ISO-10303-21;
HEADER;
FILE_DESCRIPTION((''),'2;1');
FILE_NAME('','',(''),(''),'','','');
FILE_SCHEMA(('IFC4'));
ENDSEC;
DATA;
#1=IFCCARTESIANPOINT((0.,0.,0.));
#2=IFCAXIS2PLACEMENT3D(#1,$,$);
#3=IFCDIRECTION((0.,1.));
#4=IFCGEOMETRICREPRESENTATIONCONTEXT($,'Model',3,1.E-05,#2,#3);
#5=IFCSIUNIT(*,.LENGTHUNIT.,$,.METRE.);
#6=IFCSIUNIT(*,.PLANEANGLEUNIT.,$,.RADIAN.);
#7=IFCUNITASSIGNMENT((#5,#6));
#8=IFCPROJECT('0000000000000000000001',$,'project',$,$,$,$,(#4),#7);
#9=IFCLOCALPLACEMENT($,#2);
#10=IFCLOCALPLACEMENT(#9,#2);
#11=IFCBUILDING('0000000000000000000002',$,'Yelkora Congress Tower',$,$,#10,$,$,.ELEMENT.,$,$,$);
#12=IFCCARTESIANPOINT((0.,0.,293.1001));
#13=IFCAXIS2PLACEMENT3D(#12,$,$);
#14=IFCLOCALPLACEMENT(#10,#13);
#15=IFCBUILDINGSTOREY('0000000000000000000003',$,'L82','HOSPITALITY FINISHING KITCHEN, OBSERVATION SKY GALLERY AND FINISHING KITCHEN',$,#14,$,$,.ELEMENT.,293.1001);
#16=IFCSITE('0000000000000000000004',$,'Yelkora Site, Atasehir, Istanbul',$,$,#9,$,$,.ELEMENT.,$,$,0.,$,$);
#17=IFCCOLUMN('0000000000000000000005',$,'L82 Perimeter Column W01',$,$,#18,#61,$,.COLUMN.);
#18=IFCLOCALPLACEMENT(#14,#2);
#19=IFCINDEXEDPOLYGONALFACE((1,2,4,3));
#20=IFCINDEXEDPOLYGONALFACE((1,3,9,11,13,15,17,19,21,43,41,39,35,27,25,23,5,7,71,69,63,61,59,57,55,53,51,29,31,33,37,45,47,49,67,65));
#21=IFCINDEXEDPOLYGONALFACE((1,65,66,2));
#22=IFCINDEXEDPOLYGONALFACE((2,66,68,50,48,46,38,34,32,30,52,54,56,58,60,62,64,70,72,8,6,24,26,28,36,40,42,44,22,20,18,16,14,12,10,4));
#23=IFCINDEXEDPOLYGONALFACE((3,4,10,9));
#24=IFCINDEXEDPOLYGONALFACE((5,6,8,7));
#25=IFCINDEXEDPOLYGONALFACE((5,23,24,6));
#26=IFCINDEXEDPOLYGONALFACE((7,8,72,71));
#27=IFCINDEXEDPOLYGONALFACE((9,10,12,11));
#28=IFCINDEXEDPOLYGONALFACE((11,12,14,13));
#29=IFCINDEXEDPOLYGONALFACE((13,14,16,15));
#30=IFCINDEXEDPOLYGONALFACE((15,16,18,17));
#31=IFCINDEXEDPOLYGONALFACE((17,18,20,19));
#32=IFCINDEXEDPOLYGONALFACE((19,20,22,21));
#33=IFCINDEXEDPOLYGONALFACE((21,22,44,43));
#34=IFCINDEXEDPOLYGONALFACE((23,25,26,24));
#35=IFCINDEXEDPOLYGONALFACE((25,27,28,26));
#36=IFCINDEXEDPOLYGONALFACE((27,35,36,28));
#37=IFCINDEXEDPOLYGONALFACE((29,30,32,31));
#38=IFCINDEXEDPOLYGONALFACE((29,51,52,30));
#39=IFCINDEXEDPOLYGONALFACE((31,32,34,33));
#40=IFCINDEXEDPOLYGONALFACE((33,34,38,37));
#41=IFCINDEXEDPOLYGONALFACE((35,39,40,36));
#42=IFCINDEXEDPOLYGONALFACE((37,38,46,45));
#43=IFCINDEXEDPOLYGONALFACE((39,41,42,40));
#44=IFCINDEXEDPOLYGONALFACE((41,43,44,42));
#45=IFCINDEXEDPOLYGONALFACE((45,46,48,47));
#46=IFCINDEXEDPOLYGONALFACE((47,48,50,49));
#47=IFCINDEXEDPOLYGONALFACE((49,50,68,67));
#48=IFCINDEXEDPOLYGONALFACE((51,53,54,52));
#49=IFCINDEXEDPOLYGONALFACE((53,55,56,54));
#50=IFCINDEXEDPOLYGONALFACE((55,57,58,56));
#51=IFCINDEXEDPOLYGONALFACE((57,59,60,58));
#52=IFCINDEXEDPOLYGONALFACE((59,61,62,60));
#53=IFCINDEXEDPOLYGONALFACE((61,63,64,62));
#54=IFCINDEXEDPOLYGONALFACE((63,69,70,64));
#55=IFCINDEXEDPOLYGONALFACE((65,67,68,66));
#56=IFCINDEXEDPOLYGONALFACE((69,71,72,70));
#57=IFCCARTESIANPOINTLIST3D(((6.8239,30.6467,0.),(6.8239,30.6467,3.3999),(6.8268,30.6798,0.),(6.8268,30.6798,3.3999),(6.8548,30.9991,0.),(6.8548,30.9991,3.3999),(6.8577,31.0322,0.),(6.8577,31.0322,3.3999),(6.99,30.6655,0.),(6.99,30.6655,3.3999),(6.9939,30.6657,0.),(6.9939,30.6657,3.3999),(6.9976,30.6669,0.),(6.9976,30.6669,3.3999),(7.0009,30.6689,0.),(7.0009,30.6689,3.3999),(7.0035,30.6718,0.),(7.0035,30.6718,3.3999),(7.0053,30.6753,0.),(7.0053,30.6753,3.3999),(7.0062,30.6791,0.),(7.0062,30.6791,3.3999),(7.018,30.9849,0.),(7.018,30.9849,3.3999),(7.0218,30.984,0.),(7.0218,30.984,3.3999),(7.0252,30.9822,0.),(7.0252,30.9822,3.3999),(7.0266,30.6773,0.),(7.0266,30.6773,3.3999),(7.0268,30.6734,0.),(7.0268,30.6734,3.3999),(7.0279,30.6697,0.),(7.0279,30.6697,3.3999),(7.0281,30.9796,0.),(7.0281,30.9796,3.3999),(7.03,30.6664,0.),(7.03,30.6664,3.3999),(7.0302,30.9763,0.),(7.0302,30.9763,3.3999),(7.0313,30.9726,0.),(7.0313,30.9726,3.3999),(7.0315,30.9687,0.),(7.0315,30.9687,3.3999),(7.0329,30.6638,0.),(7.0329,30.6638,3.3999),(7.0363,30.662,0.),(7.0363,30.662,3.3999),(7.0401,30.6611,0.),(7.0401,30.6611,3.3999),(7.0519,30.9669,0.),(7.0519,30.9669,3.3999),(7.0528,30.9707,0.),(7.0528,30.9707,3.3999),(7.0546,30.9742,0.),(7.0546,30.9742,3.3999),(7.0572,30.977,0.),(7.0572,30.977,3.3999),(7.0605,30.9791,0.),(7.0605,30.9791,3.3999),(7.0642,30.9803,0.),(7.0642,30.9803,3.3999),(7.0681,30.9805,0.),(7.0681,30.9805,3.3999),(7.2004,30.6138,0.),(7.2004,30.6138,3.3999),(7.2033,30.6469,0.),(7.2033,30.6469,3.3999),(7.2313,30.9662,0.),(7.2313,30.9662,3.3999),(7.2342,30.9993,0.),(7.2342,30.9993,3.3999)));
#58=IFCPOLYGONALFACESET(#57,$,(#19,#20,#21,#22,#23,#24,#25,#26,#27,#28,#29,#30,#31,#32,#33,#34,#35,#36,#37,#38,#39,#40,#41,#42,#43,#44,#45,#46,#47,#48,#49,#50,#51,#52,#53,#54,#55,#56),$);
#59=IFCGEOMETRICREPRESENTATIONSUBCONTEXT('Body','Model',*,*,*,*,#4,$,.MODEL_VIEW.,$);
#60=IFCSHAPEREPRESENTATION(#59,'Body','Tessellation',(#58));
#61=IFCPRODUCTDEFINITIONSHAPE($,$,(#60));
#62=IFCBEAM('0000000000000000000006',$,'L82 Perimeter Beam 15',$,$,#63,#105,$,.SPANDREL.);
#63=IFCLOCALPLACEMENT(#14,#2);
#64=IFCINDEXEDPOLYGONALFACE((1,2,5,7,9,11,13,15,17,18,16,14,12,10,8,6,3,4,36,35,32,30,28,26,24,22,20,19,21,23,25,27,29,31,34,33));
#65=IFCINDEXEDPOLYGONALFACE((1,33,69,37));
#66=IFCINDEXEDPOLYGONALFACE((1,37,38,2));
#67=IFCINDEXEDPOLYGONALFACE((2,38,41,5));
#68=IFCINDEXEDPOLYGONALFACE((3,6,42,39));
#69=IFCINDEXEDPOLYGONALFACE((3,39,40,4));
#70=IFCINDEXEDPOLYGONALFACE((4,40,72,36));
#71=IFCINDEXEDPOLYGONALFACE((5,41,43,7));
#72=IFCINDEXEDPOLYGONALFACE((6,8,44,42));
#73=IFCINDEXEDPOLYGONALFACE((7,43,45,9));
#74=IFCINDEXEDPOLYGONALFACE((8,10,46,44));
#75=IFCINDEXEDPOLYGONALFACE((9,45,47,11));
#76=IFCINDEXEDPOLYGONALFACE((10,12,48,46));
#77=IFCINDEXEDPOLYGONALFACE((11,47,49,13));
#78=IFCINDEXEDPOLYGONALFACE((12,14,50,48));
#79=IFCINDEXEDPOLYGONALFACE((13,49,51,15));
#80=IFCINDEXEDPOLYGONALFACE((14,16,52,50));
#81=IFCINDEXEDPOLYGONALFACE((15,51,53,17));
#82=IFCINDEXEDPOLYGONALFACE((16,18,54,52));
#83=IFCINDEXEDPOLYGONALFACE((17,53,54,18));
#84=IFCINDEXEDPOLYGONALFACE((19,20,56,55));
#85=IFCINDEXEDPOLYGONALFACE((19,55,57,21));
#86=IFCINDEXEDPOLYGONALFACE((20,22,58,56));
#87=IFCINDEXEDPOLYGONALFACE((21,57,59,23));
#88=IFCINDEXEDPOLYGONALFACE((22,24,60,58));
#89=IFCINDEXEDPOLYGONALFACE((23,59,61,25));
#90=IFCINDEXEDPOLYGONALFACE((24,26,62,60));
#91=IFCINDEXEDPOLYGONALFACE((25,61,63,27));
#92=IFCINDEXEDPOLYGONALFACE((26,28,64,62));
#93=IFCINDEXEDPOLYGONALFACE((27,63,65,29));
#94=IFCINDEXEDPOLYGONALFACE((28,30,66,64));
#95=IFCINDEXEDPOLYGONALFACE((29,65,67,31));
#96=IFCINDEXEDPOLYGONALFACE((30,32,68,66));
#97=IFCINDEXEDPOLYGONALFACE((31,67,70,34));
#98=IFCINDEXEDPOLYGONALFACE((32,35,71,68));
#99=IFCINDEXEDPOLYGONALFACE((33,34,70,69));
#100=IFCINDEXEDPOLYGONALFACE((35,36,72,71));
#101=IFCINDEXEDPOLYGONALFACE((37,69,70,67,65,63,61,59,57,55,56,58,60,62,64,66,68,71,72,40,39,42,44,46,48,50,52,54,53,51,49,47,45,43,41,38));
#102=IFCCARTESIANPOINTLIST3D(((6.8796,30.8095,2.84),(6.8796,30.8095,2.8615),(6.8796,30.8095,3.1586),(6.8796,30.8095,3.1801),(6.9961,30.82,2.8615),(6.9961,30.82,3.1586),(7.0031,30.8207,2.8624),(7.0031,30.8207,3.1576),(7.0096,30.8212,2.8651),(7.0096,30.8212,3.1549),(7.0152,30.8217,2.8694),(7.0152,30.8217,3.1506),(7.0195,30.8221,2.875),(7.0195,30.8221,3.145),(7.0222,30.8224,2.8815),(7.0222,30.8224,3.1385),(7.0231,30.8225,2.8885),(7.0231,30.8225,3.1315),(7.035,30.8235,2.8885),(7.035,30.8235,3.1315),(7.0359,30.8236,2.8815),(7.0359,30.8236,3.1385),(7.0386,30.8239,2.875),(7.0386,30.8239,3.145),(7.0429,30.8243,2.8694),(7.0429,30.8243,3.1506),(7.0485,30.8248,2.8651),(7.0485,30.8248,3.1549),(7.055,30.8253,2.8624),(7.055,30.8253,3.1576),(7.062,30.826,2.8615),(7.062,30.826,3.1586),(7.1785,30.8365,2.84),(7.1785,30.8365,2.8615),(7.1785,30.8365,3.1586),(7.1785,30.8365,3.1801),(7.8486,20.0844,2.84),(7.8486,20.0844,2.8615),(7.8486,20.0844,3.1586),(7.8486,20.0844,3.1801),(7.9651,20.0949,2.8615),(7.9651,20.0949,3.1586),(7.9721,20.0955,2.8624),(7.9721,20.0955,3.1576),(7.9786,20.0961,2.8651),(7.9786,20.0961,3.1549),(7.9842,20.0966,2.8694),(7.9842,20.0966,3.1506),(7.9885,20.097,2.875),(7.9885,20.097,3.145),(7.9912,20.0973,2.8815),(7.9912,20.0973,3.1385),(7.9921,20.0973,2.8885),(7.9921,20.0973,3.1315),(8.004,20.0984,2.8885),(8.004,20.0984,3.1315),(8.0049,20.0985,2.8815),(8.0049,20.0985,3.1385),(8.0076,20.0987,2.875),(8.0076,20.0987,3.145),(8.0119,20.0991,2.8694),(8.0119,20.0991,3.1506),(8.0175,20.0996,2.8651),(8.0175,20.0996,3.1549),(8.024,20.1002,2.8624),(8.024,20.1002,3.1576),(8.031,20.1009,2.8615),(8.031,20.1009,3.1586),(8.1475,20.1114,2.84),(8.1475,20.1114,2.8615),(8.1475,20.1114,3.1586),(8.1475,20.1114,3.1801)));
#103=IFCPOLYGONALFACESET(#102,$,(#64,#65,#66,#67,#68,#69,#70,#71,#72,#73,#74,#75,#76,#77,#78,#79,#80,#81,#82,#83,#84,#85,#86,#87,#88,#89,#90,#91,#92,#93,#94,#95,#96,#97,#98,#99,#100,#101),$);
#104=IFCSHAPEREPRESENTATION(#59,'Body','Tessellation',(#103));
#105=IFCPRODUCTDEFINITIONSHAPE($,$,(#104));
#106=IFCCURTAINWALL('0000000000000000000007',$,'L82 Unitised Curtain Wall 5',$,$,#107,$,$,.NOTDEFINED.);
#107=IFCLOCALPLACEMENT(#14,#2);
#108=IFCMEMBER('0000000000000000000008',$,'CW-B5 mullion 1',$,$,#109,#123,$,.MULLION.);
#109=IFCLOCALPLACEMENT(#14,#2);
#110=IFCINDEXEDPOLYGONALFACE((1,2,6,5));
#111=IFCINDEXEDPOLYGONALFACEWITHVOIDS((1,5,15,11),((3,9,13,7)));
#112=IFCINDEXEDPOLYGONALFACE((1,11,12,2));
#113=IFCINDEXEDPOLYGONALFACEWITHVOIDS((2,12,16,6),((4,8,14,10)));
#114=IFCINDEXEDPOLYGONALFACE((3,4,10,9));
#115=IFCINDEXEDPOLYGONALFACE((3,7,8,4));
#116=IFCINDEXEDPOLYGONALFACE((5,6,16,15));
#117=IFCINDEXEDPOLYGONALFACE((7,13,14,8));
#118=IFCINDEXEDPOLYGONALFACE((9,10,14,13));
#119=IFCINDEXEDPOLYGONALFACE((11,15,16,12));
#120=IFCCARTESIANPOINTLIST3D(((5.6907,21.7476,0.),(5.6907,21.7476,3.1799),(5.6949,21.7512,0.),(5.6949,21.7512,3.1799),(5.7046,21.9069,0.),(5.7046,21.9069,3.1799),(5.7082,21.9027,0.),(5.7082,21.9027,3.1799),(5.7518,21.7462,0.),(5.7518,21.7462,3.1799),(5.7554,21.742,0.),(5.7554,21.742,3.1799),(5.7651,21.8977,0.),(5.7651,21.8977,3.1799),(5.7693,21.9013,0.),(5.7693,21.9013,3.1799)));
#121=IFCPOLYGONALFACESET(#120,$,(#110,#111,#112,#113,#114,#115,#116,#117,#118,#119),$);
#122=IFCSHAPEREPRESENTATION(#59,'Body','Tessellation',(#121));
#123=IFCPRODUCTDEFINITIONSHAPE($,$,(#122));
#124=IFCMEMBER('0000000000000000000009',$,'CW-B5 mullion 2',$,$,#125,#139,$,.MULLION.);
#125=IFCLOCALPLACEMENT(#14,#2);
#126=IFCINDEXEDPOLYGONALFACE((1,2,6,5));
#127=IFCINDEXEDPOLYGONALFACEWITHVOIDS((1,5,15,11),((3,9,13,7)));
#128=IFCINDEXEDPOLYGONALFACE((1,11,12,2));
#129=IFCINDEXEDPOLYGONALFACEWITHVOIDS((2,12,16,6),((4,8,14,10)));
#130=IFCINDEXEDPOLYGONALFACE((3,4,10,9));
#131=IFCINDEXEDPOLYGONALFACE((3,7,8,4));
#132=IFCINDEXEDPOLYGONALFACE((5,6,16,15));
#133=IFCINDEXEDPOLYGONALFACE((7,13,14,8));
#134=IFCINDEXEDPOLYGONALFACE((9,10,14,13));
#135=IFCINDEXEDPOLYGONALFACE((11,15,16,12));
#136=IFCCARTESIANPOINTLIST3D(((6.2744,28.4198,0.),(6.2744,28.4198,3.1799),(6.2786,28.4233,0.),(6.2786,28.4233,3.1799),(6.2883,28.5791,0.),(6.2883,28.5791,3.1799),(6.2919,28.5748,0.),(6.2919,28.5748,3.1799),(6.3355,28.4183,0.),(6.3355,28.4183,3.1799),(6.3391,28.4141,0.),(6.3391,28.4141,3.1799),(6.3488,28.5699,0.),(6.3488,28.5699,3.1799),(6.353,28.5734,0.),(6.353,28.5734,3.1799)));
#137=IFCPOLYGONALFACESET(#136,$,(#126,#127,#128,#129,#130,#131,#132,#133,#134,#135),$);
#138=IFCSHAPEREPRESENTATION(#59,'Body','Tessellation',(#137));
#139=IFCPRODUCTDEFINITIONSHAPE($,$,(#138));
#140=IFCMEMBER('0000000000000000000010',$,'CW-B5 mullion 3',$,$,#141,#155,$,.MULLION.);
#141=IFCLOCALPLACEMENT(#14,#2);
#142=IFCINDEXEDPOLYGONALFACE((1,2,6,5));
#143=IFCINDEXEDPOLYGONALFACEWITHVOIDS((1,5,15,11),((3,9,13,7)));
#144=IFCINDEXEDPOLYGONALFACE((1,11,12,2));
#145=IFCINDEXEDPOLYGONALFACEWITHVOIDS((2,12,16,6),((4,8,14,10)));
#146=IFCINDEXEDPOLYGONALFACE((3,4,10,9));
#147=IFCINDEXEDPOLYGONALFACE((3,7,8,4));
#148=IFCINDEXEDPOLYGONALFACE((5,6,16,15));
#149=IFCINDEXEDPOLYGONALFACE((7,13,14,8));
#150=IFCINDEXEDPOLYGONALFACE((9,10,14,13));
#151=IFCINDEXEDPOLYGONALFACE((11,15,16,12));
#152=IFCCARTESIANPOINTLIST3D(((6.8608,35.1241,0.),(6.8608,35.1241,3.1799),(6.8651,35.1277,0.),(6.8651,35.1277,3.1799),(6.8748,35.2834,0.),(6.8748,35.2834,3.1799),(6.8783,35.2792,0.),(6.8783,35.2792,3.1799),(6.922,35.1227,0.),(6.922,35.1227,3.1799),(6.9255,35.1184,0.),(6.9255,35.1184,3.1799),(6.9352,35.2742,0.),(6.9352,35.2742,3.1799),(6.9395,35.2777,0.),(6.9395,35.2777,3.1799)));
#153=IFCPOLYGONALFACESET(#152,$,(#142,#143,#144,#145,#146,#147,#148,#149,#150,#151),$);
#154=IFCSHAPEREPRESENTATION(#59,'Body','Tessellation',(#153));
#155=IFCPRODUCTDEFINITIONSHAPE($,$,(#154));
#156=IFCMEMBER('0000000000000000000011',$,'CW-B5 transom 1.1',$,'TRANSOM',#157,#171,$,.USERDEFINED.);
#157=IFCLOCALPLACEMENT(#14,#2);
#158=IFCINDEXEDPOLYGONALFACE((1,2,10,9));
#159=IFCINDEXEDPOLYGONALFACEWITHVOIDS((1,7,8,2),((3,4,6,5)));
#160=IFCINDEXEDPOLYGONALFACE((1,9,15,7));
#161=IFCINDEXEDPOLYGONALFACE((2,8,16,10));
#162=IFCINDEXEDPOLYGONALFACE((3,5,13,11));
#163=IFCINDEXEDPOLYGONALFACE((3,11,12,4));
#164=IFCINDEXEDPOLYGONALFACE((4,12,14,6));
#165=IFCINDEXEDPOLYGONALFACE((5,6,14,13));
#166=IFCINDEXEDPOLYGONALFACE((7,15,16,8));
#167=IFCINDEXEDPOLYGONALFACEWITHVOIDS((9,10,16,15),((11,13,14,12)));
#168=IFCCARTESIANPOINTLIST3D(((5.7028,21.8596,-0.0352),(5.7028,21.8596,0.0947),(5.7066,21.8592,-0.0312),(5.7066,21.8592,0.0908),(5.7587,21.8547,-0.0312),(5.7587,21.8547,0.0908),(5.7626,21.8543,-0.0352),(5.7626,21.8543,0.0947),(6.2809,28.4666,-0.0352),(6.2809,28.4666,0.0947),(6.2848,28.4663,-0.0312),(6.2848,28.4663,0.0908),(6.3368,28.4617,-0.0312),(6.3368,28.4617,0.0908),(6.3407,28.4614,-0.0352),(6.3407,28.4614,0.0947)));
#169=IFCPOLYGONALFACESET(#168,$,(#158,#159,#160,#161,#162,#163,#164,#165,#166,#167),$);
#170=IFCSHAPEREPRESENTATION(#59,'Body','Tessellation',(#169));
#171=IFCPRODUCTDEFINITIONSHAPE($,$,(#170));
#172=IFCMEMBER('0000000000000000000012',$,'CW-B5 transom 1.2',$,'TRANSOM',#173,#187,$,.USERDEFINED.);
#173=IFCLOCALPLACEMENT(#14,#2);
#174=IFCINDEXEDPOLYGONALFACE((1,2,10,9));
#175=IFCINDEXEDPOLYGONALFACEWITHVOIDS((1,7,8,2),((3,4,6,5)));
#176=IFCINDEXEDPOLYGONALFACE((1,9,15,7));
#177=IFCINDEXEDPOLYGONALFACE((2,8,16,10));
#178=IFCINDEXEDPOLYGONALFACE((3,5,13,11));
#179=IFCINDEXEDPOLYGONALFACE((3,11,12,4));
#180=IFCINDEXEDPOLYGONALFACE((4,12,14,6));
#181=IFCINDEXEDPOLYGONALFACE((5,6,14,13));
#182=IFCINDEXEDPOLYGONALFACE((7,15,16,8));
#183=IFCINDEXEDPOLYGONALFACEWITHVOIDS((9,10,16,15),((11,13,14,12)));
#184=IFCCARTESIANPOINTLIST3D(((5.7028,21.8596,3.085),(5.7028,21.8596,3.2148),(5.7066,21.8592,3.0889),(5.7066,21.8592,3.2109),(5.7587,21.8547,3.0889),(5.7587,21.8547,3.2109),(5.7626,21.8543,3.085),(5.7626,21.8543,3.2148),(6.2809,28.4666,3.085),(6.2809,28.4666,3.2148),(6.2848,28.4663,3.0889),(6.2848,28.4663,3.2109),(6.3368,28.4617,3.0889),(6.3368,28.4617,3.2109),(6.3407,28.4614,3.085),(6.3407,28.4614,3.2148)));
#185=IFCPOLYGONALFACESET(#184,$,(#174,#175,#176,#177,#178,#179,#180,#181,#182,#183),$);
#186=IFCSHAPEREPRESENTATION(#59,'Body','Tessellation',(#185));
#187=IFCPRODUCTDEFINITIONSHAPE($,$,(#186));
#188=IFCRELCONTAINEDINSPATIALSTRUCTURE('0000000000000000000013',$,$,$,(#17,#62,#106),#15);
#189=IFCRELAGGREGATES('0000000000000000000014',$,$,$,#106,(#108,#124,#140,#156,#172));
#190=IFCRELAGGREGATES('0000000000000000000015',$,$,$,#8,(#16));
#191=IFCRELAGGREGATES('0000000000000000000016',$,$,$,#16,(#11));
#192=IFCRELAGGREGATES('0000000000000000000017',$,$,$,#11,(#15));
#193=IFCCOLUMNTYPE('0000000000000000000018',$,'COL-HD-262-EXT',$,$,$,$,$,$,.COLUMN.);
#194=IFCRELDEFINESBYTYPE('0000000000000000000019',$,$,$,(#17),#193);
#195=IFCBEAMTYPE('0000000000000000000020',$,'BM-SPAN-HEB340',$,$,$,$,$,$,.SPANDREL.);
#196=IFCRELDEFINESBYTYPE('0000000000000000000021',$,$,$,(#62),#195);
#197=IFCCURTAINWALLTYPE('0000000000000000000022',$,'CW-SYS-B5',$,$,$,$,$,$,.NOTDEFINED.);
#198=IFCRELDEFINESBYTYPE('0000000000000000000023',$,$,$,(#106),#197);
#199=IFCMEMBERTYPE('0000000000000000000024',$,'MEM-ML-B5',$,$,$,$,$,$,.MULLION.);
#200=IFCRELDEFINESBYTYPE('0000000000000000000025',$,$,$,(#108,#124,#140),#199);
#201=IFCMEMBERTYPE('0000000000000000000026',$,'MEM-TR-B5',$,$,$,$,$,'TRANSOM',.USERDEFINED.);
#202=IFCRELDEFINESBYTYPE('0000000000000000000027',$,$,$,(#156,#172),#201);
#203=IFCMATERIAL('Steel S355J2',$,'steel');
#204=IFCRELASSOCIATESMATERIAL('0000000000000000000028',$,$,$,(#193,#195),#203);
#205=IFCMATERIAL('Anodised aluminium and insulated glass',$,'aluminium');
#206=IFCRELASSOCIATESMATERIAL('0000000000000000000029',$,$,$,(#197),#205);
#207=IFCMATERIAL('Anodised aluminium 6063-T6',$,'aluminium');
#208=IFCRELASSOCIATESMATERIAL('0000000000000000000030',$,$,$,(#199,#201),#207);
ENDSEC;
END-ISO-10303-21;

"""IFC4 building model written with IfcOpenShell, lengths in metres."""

from ifc_helpers import new_model, si_unit, direction, frame, origin, origin_2d, place, context, subcontext, project, spatial, hollow_rectangle, i_section, extrude, material, material_profile, profile_set, type_object, element, aggregate, save


model = new_model("IFC4")

# Units and contexts
model_context = context("Model", 3, precision=1e-05, world=origin(), true_north=direction((0.0, 1.0)))
body_context = subcontext(model_context, "Body", "Model", "MODEL_VIEW")
ifc_project = project(units=[si_unit("LENGTHUNIT", "METRE"), si_unit("PLANEANGLEUNIT", "RADIAN")], contexts=[model_context])

# Site, building, storey
site_placement = place(None, origin())
site = spatial("IfcSite", under=ifc_project, at=site_placement, Name="Yelkora Site, Atasehir, Istanbul", CompositionType="ELEMENT", RefElevation=0.0)
building_placement = place(site_placement, origin())
building = spatial("IfcBuilding", under=site, at=building_placement, Name="Yelkora Congress Tower", CompositionType="ELEMENT")
storey_placement = place(building_placement, frame((0.0, 0.0, 293.1001)))
storey = spatial("IfcBuildingStorey", under=building, at=storey_placement, Name="L82", Description="HOSPITALITY FINISHING KITCHEN, OBSERVATION SKY GALLERY AND FINISHING KITCHEN", CompositionType="ELEMENT", Elevation=293.1001)

# Column
ifc_material_1 = material(Name="Steel S355J2", Category="steel")
ifc_material_profile_1 = material_profile(ifc_material_1, i_section(OverallWidth=0.3779, OverallDepth=0.387, WebThickness=0.0205, FlangeThickness=0.0332, FilletRadius=0.0149, at=origin_2d()), Name="HD 360x262")
ifc_profile_set_1 = profile_set([ifc_material_profile_1], Name="Steel S355J2")
column_type = type_object("IfcColumnType", Name="COL-HD-262-EXT", PredefinedType="COLUMN", material=ifc_profile_set_1)
column_placement = place(storey_placement, frame((7.0291, 30.823, 0.0), z_axis=(0.0, 0.0, 1.0), x_axis=(0.996195, -0.087156, 0.0)))
element("IfcColumn", 1, at=column_placement, inside=storey, type_object=column_type, Name="L82 Perimeter Column W01", PredefinedType="COLUMN", context=body_context, shape_type="SweptSolid", body=[
    extrude(i_section(OverallWidth=0.3779, OverallDepth=0.387, WebThickness=0.0205, FlangeThickness=0.0332, FilletRadius=0.0149, at=origin_2d()), origin(), (0.0, 0.0, 1.0), 3.3999),
])

# Beam
ifc_material_profile_2 = material_profile(ifc_material_1, i_section(OverallWidth=0.3, OverallDepth=0.3401, WebThickness=0.012, FlangeThickness=0.0215, FilletRadius=0.0271, at=origin_2d()), Name="HEB 340")
ifc_profile_set_2 = profile_set([ifc_material_profile_2], Name="Steel S355J2")
beam_type = type_object("IfcBeamType", Name="BM-SPAN-HEB340", PredefinedType="SPANDREL", material=ifc_profile_set_2)
beam_placement = place(storey_placement, frame((7.0291, 30.823, 3.01), z_axis=(0.089982, -0.995943, 0.0), x_axis=(0.995943, 0.089982, 0.0)))
element("IfcBeam", 2, at=beam_placement, inside=storey, type_object=beam_type, Name="L82 Perimeter Beam 15", PredefinedType="SPANDREL", context=body_context, shape_type="SweptSolid", body=[
    extrude(i_section(OverallWidth=0.3, OverallDepth=0.3401, WebThickness=0.012, FlangeThickness=0.0215, FilletRadius=0.0271, at=origin_2d()), origin(), (0.0, 0.0, 1.0), 10.7688),
])

# Curtain wall, members
ifc_material_2 = material(Name="Anodised aluminium and insulated glass", Category="aluminium")
curtain_wall_type = type_object("IfcCurtainWallType", Name="CW-SYS-B5", PredefinedType="NOTDEFINED", material=ifc_material_2)
curtain_wall_placement = place(storey_placement, origin())
curtain_wall = element("IfcCurtainWall", 3, at=curtain_wall_placement, inside=storey, type_object=curtain_wall_type, Name="L82 Unitised Curtain Wall 5", PredefinedType="NOTDEFINED")
ifc_material_3 = material(Name="Anodised aluminium 6063-T6", Category="aluminium")
ifc_material_profile_3 = material_profile(ifc_material_3, hollow_rectangle(XDim=0.0649, YDim=0.1599, WallThickness=0.0039, at=origin_2d()), Name="ALU 65x160x4")
ifc_profile_set_3 = profile_set([ifc_material_profile_3], Name="Anodised aluminium 6063-T6")
member_type_1 = type_object("IfcMemberType", Name="MEM-ML-B5", PredefinedType="MULLION", material=ifc_profile_set_3)
member_1_placement = place(storey_placement, frame((5.73, 21.8245, 0.0), z_axis=(0.0, 0.0, 1.0), x_axis=(-0.996195, 0.087155, 0.0)))
member_1 = element("IfcMember", 4, at=member_1_placement, type_object=member_type_1, Name="CW-B5 mullion 1", PredefinedType="MULLION", context=body_context, shape_type="SweptSolid", body=[
    extrude(hollow_rectangle(XDim=0.0649, YDim=0.1599, WallThickness=0.0039, at=origin_2d()), origin(), (0.0, 0.0, 1.0), 3.1799),
])
member_2_placement = place(storey_placement, frame((6.3137, 28.4966, 0.0), z_axis=(0.0, 0.0, 1.0), x_axis=(-0.996195, 0.087155, 0.0)))
member_2 = element("IfcMember", 5, at=member_2_placement, type_object=member_type_1, Name="CW-B5 mullion 2", PredefinedType="MULLION", context=body_context, shape_type="SweptSolid", body=[
    extrude(hollow_rectangle(XDim=0.0649, YDim=0.1599, WallThickness=0.0039, at=origin_2d()), origin(), (0.0, 0.0, 1.0), 3.1799),
])
member_3_placement = place(storey_placement, frame((6.9001, 35.2009, 0.0), z_axis=(0.0, 0.0, 1.0), x_axis=(-0.996195, 0.087155, 0.0)))
member_3 = element("IfcMember", 6, at=member_3_placement, type_object=member_type_1, Name="CW-B5 mullion 3", PredefinedType="MULLION", context=body_context, shape_type="SweptSolid", body=[
    extrude(hollow_rectangle(XDim=0.0649, YDim=0.1599, WallThickness=0.0039, at=origin_2d()), origin(), (0.0, 0.0, 1.0), 3.1799),
])
ifc_material_profile_4 = material_profile(ifc_material_3, hollow_rectangle(XDim=0.0601, YDim=0.1299, WallThickness=0.0039, at=origin_2d()), Name="ALU 60x130x4")
ifc_profile_set_4 = profile_set([ifc_material_profile_4], Name="Anodised aluminium 6063-T6")
member_type_2 = type_object("IfcMemberType", Name="MEM-TR-B5", ElementType="TRANSOM", PredefinedType="USERDEFINED", material=ifc_profile_set_4)
member_4_placement = place(storey_placement, frame((5.7327, 21.8569, 0.0298), z_axis=(0.087166, 0.996194, 0.0), x_axis=(-0.996194, 0.087166, 0.0)))
member_4 = element("IfcMember", 7, at=member_4_placement, type_object=member_type_2, Name="CW-B5 transom 1.1", ObjectType="TRANSOM", PredefinedType="USERDEFINED", context=body_context, shape_type="SweptSolid", body=[
    extrude(hollow_rectangle(XDim=0.0601, YDim=0.1299, WallThickness=0.0039, at=origin_2d()), origin(), (0.0, 0.0, 1.0), 6.6323),
])
member_5_placement = place(storey_placement, frame((5.7327, 21.8569, 3.1499), z_axis=(0.087166, 0.996194, 0.0), x_axis=(-0.996194, 0.087166, 0.0)))
member_5 = element("IfcMember", 8, at=member_5_placement, type_object=member_type_2, Name="CW-B5 transom 1.2", ObjectType="TRANSOM", PredefinedType="USERDEFINED", context=body_context, shape_type="SweptSolid", body=[
    extrude(hollow_rectangle(XDim=0.0601, YDim=0.1299, WallThickness=0.0039, at=origin_2d()), origin(), (0.0, 0.0, 1.0), 6.6323),
])
aggregate(curtain_wall, [member_1, member_2, member_3, member_4, member_5])

save(model, "model.ifc")
